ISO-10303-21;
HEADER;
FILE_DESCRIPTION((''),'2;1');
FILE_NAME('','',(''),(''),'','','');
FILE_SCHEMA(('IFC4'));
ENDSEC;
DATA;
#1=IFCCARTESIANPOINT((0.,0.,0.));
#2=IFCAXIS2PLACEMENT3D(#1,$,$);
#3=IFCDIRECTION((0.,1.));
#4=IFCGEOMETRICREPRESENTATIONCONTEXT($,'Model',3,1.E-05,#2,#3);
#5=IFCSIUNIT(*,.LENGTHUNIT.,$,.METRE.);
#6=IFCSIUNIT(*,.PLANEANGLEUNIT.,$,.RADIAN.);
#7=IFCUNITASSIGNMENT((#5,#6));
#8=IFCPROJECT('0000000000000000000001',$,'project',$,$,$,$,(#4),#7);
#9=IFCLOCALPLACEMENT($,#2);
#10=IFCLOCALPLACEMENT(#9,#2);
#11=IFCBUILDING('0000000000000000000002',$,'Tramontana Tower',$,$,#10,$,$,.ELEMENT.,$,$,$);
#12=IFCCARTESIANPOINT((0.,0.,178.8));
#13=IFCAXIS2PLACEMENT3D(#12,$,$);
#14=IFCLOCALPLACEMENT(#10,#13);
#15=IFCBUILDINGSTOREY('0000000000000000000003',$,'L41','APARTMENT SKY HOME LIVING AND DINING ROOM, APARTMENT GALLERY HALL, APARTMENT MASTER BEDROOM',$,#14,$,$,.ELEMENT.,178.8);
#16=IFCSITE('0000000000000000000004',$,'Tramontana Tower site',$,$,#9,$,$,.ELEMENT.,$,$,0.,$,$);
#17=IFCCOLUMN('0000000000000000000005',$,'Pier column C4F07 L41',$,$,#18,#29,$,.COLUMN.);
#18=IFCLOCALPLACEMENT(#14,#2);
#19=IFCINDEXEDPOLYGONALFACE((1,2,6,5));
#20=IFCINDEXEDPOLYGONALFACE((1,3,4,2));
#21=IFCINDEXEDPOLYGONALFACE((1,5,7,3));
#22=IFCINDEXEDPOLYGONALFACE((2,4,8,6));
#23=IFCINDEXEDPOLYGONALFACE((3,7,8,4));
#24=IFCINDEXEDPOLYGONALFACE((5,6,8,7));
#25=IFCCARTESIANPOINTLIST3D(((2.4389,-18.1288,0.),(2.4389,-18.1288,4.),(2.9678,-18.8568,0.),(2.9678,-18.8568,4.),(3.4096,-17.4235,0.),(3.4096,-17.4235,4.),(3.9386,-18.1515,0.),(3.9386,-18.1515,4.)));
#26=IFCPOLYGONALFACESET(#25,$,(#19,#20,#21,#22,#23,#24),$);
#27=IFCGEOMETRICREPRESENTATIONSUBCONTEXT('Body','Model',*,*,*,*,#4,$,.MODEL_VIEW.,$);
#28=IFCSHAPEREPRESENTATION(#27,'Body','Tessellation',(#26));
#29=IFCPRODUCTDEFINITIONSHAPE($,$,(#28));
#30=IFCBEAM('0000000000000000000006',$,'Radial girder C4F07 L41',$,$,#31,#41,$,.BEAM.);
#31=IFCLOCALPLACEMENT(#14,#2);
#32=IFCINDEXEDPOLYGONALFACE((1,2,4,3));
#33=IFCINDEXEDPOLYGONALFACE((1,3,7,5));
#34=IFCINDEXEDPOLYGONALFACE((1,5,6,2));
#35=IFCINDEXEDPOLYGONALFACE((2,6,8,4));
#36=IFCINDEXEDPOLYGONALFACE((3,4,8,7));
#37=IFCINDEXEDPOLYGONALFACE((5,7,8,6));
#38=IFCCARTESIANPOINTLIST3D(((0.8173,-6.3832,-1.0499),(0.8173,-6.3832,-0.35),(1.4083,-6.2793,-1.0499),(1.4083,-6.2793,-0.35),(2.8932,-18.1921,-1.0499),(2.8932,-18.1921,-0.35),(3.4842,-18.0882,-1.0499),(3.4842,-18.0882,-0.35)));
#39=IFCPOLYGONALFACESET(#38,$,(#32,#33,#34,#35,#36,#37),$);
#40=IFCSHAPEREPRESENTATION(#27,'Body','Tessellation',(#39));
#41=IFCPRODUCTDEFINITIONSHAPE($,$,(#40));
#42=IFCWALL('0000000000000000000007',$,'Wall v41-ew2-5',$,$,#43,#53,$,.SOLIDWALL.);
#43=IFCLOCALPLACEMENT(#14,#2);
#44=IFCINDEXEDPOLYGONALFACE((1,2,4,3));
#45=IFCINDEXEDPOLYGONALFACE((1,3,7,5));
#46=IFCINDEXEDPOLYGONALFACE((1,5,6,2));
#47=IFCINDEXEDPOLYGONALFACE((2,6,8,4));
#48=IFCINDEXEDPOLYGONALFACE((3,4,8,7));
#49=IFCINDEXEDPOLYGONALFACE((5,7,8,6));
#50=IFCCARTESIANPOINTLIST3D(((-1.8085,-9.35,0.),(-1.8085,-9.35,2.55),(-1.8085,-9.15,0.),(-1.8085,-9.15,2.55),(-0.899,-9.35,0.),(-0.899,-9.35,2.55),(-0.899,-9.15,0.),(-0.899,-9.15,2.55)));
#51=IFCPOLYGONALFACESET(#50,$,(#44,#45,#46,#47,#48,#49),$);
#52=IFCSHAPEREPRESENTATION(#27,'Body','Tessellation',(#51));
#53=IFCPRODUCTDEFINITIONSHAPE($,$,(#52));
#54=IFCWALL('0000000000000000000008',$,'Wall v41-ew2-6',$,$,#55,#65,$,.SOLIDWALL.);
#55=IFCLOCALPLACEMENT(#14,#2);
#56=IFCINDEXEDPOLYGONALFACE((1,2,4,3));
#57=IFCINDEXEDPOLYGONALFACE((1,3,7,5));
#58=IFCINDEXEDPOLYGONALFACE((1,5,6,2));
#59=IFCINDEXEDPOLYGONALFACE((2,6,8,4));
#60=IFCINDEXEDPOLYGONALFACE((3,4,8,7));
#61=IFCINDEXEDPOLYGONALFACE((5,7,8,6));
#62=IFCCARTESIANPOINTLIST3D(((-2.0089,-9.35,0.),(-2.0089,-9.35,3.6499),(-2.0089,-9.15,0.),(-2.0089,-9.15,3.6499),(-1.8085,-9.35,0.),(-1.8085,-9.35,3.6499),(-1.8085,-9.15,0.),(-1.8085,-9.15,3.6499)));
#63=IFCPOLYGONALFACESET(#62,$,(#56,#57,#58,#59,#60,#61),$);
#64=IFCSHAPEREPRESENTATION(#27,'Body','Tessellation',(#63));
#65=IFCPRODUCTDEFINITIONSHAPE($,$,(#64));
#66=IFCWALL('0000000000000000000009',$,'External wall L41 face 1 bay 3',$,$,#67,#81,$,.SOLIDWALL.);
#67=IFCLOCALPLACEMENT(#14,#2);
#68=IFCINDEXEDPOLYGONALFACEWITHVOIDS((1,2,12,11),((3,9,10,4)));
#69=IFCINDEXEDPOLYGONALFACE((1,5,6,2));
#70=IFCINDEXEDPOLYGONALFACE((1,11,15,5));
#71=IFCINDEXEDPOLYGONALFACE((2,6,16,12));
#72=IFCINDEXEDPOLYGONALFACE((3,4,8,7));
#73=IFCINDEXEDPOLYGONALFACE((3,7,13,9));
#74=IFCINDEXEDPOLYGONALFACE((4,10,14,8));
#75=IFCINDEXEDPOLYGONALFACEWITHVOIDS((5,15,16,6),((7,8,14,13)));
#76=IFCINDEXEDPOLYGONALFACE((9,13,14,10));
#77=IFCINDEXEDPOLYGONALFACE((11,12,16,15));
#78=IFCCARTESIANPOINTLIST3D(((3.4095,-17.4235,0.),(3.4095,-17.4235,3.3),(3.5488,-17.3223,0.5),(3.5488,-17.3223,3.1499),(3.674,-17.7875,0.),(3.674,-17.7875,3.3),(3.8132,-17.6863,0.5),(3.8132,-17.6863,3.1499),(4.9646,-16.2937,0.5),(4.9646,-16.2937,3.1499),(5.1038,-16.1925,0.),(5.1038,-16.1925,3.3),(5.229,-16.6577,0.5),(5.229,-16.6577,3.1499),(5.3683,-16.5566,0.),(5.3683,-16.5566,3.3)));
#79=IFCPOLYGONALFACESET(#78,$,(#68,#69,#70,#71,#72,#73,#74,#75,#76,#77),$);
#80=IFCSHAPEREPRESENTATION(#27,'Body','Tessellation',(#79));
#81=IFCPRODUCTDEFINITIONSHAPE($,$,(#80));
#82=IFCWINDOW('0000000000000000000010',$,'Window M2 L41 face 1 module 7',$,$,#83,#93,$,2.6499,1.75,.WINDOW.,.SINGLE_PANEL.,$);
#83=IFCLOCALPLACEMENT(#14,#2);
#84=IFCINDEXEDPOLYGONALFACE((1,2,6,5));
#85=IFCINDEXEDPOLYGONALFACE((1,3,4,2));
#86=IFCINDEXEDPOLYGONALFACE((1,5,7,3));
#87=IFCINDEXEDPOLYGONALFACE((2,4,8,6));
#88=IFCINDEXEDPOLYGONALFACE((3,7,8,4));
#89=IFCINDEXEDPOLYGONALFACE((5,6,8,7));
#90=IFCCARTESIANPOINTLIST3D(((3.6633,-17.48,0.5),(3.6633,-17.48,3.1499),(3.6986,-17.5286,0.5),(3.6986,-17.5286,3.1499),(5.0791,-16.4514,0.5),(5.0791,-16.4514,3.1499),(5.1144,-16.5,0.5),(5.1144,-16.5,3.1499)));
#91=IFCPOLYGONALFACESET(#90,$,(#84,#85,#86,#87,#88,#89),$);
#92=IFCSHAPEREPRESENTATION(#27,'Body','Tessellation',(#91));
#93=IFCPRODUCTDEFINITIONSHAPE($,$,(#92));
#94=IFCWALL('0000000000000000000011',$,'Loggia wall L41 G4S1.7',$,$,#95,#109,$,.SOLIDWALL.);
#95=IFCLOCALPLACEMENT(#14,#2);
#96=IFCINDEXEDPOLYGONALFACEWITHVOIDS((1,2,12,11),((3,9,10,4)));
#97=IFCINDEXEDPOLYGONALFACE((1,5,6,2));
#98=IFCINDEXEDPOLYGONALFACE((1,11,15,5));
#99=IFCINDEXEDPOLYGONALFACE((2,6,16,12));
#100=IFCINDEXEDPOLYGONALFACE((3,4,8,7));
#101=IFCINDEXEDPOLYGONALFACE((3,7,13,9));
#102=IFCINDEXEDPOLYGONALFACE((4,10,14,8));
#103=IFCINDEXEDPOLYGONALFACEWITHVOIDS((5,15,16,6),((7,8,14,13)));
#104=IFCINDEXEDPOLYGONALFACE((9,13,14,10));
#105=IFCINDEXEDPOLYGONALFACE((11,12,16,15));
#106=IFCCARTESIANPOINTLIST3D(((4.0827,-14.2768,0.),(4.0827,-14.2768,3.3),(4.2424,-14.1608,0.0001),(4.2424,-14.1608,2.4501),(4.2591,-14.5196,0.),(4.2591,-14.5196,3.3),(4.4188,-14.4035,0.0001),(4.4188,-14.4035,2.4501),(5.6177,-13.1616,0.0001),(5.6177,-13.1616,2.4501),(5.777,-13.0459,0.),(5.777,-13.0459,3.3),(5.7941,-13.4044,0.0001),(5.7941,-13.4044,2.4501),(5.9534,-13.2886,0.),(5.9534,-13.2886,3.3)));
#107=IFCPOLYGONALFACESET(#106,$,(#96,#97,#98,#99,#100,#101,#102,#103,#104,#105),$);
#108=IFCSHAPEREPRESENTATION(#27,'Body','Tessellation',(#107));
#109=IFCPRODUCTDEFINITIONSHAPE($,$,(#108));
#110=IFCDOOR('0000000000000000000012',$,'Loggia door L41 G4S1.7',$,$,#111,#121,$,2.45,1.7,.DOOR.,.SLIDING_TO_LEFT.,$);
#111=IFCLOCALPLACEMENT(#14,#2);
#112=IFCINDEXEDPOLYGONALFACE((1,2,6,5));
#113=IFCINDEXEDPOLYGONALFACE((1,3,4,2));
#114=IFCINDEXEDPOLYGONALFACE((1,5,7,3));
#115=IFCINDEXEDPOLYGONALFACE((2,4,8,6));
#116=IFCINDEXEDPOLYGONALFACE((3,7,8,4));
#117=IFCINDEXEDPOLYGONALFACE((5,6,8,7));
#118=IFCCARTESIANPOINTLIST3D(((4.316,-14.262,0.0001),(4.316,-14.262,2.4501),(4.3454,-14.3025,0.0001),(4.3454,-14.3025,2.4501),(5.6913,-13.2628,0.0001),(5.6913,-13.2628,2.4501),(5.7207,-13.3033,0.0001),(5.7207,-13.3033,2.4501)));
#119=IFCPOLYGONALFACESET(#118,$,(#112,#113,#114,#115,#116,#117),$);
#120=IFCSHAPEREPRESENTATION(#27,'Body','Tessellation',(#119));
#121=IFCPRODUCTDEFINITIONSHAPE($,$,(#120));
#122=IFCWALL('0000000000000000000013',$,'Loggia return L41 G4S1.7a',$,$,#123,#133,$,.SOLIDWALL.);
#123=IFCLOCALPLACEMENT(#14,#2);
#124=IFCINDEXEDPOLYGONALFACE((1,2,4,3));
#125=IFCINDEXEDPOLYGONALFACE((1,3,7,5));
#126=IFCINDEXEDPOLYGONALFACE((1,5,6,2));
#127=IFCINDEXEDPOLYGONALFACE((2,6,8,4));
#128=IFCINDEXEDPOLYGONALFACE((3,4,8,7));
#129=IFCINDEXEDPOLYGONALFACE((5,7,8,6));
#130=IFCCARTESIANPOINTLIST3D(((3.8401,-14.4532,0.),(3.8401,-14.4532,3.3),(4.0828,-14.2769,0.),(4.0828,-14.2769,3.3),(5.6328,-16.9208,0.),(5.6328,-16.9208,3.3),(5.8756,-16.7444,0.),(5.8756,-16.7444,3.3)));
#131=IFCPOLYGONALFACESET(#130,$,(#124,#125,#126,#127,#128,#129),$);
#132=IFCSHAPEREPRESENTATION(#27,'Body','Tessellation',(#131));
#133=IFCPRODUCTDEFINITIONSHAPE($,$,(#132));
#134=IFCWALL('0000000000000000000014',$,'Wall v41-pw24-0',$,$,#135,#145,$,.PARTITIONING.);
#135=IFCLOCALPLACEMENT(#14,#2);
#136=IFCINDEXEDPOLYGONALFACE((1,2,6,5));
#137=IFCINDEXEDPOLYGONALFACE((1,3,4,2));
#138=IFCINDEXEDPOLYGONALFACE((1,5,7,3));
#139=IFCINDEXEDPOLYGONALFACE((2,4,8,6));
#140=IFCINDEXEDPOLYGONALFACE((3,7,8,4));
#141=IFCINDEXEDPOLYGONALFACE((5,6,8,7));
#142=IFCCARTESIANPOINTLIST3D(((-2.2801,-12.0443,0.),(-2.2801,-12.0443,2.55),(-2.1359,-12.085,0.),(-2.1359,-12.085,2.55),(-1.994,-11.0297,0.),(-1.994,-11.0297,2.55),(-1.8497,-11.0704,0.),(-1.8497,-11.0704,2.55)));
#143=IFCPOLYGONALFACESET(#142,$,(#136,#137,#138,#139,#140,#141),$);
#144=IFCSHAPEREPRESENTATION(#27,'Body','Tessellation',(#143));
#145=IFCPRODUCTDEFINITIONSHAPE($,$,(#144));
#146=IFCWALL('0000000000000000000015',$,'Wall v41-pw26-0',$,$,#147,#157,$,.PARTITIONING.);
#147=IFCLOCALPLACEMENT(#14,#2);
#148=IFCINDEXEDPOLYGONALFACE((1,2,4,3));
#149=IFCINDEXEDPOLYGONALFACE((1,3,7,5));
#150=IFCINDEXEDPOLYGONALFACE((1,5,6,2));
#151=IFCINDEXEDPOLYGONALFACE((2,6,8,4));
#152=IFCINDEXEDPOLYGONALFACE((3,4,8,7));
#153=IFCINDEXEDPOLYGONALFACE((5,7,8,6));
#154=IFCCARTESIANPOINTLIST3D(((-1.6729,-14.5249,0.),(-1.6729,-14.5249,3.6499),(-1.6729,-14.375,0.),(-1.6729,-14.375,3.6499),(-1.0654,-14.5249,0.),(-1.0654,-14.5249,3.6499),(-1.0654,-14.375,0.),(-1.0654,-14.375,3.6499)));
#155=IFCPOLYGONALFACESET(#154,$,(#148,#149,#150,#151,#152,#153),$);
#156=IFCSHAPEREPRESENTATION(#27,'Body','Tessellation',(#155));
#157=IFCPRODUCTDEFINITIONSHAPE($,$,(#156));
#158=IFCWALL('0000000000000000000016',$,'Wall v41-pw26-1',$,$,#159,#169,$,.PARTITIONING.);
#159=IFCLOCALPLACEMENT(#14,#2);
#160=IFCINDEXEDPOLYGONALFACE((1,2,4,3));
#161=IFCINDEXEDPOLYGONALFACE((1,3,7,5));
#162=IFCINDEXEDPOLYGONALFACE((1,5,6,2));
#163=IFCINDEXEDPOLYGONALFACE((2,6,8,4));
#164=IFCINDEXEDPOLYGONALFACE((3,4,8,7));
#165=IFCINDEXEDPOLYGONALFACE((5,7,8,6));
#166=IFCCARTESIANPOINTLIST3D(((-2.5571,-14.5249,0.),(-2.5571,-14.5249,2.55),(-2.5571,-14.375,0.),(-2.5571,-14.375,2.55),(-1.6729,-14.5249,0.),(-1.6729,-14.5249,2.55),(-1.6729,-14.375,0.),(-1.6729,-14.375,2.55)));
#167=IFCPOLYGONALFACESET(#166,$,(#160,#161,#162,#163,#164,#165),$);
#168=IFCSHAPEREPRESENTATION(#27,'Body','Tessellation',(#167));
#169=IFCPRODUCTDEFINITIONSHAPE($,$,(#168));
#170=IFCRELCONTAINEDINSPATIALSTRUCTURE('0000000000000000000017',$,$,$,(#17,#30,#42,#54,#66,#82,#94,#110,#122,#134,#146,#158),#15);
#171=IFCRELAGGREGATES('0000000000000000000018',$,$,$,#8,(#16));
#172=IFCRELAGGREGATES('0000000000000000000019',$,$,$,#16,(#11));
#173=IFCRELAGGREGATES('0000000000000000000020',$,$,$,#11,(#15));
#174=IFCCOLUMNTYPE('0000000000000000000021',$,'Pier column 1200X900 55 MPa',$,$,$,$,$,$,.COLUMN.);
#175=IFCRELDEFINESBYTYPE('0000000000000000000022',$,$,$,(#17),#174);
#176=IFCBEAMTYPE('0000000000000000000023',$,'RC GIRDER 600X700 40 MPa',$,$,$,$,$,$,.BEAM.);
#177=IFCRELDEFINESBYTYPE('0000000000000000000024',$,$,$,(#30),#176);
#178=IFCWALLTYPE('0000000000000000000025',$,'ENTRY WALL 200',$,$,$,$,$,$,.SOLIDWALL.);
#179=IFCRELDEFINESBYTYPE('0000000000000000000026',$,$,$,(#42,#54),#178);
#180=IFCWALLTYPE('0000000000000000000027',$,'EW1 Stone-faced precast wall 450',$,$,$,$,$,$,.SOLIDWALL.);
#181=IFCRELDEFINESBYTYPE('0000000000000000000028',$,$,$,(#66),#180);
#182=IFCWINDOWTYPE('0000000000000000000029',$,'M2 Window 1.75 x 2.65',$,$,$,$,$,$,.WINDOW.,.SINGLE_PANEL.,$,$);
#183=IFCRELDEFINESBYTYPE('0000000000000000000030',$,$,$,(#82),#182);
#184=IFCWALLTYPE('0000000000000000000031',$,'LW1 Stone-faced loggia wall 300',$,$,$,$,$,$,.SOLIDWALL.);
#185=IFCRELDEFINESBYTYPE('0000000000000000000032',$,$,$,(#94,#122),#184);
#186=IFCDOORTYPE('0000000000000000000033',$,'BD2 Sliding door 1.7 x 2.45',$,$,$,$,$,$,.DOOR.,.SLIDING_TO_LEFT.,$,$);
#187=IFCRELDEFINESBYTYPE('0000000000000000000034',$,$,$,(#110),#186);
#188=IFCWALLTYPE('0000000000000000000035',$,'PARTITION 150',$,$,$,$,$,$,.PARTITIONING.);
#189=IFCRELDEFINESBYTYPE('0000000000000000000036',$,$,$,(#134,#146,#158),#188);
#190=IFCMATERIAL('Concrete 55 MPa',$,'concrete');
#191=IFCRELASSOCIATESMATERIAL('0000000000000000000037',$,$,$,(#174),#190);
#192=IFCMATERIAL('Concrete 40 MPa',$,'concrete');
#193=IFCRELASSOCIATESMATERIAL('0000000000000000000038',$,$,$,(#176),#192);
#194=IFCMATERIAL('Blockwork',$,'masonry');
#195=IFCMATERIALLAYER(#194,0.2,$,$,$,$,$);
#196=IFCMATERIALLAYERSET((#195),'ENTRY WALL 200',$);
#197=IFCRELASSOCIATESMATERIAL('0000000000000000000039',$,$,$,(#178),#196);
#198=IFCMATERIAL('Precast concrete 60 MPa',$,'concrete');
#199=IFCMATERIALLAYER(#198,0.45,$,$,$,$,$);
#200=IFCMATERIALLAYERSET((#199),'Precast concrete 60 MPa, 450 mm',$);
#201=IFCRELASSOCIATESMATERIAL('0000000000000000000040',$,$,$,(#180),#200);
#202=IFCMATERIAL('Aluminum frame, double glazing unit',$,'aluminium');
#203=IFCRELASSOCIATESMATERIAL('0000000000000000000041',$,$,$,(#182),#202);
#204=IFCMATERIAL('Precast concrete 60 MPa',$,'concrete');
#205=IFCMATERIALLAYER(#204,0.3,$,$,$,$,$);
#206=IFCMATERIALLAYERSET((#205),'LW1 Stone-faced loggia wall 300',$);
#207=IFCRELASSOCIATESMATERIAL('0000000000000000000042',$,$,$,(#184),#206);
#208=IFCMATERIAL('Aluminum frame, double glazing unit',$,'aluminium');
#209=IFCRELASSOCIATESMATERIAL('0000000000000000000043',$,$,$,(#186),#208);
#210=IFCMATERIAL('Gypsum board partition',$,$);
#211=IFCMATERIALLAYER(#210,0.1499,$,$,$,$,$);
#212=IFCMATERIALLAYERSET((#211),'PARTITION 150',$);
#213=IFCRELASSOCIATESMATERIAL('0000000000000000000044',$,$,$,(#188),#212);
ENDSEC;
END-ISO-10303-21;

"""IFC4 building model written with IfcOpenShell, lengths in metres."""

from ifc_helpers import new_model, si_unit, direction, frame, frame_2d, origin, origin_2d, place, context, subcontext, project, spatial, rectangle, extrude, material, layer, layer_set, material_profile, profile_set, type_object, element, fill, save


model = new_model("IFC4")

# Units and contexts
model_context = context("Model", 3, precision=1e-05, world=origin(), true_north=direction((0.0, 1.0)))
body_context = subcontext(model_context, "Body", "Model", "MODEL_VIEW")
ifc_project = project(units=[si_unit("LENGTHUNIT", "METRE"), si_unit("PLANEANGLEUNIT", "RADIAN")], contexts=[model_context])

# Site, building, storey
site_placement = place(None, origin())
site = spatial("IfcSite", under=ifc_project, at=site_placement, Name="Tramontana Tower site", CompositionType="ELEMENT", RefElevation=0.0)
building_placement = place(site_placement, origin())
building = spatial("IfcBuilding", under=site, at=building_placement, Name="Tramontana Tower", CompositionType="ELEMENT")
storey_placement = place(building_placement, frame((0.0, 0.0, 178.8)))
storey = spatial("IfcBuildingStorey", under=building, at=storey_placement, Name="L41", Description="APARTMENT SKY HOME LIVING AND DINING ROOM, APARTMENT GALLERY HALL, APARTMENT MASTER BEDROOM", CompositionType="ELEMENT", Elevation=178.8)

# Column
ifc_material_1 = material(Name="Concrete 55 MPa", Category="concrete")
ifc_material_profile_1 = material_profile(ifc_material_1, rectangle(XDim=1.2, YDim=0.8999, at=origin_2d()), Name="Pier column 1200X900 55 MPa")
ifc_profile_set_1 = profile_set([ifc_material_profile_1], Name="Concrete 55 MPa")
column_type = type_object("IfcColumnType", Name="Pier column 1200X900 55 MPa", PredefinedType="COLUMN", material=ifc_profile_set_1)
column_placement = place(storey_placement, frame((3.1887, -18.1401, 0.0), z_axis=(0.0, 0.0, 1.0), x_axis=(0.809017, 0.587785, 0.0)))
element("IfcColumn", 1, at=column_placement, inside=storey, type_object=column_type, Name="Pier column C4F07 L41", PredefinedType="COLUMN", context=body_context, shape_type="SweptSolid", body=[
    extrude(rectangle(XDim=1.2, YDim=0.8999, at=origin_2d()), origin(), (0.0, 0.0, 1.0), 4.0),
])

# Beam
ifc_material_2 = material(Name="Concrete 40 MPa", Category="concrete")
ifc_material_profile_2 = material_profile(ifc_material_2, rectangle(XDim=0.6001, YDim=0.7, at=origin_2d()), Name="RC GIRDER 600X700 40 MPa")
ifc_profile_set_2 = profile_set([ifc_material_profile_2], Name="Concrete 40 MPa")
beam_type = type_object("IfcBeamType", Name="RC GIRDER 600X700 40 MPa", PredefinedType="BEAM", material=ifc_profile_set_2)
beam_placement = place(storey_placement, frame((3.1887, -18.1401, -0.7), z_axis=(-0.173139, 0.984897, 0.0), x_axis=(-0.984897, -0.173139, 0.0)))
element("IfcBeam", 2, at=beam_placement, inside=storey, type_object=beam_type, Name="Radial girder C4F07 L41", PredefinedType="BEAM", context=body_context, shape_type="SweptSolid", body=[
    extrude(rectangle(XDim=0.6001, YDim=0.7, at=origin_2d()), origin(), (0.0, 0.0, 1.0), 11.99),
])

# Walls
ifc_material_3 = material(Name="Blockwork", Category="masonry")
ifc_layer_1 = layer(ifc_material_3, 0.2)
ifc_layer_set_1 = layer_set([ifc_layer_1], Name="ENTRY WALL 200")
wall_type_1 = type_object("IfcWallType", Name="ENTRY WALL 200", PredefinedType="SOLIDWALL", material=ifc_layer_set_1)
wall_1_placement = place(storey_placement, frame((-0.8992, -9.25, 0.0), z_axis=(0.0, 0.0, 1.0), x_axis=(-1.0, 0.0, 0.0)))
element("IfcWall", 3, at=wall_1_placement, inside=storey, type_object=wall_type_1, Name="Wall v41-ew2-5", PredefinedType="SOLIDWALL", context=body_context, shape_type="SweptSolid", body=[
    extrude(rectangle(XDim=0.9094, YDim=0.2, at=frame_2d((0.4546, 0.0))), origin(), (0.0, 0.0, 1.0), 2.55),
])
wall_2_placement = place(storey_placement, frame((-1.8086, -9.25, 0.0), z_axis=(0.0, 0.0, 1.0), x_axis=(-1.0, 0.0, 0.0)))
element("IfcWall", 4, at=wall_2_placement, inside=storey, type_object=wall_type_1, Name="Wall v41-ew2-6", PredefinedType="SOLIDWALL", context=body_context, shape_type="SweptSolid", body=[
    extrude(rectangle(XDim=0.2004, YDim=0.2, at=frame_2d((0.1001, 0.0))), origin(), (0.0, 0.0, 1.0), 3.6499),
])

# Wall, opening, window
ifc_material_4 = material(Name="Precast concrete 60 MPa", Category="concrete")
ifc_layer_2 = layer(ifc_material_4, 0.45)
ifc_layer_set_2 = layer_set([ifc_layer_2], Name="Precast concrete 60 MPa, 450 mm")
wall_type_2 = type_object("IfcWallType", Name="EW1 Stone-faced precast wall 450", PredefinedType="SOLIDWALL", material=ifc_layer_set_2)
wall_3_placement = place(storey_placement, frame((3.5417, -17.6055, 0.0), z_axis=(0.0, 0.0, 1.0), x_axis=(0.809028, 0.58777, 0.0)))
wall_3 = element("IfcWall", 5, at=wall_3_placement, inside=storey, type_object=wall_type_2, Name="External wall L41 face 1 bay 3", PredefinedType="SOLIDWALL", context=body_context, shape_type="SweptSolid", body=[
    extrude(rectangle(XDim=2.0942, YDim=0.45, at=frame_2d((1.0471, 0.0))), origin(), (0.0, 0.0, 1.0), 3.3),
])
opening_1_placement = place(wall_3_placement, frame((0.1721, 0.0, 0.5)))
opening_1 = element("IfcOpeningElement", 6, at=opening_1_placement, cuts=wall_3, PredefinedType="OPENING", context=body_context, shape_type="SweptSolid", body=[
    extrude(rectangle(XDim=1.75, YDim=2.6499, at=frame_2d((0.875, 1.325))), frame((0.0, 0.2349, 0.0), z_axis=(0.0, -1.0, 0.0), x_axis=(1.0, 0.0, 0.0)), (0.0, 0.0, 1.0), 0.47),
])
ifc_material_5 = material(Name="Aluminum frame, double glazing unit", Category="aluminium")
window_type = type_object("IfcWindowType", Name="M2 Window 1.75 x 2.65", PartitioningType="SINGLE_PANEL", PredefinedType="WINDOW", material=ifc_material_5)
window_placement = place(opening_1_placement, origin())
window = element("IfcWindow", 7, at=window_placement, inside=storey, type_object=window_type, Name="Window M2 L41 face 1 module 7", OverallHeight=2.6499, OverallWidth=1.75, PartitioningType="SINGLE_PANEL", PredefinedType="WINDOW", context=body_context, shape_type="SweptSolid", body=[
    extrude(rectangle(XDim=1.75, YDim=2.6499, at=frame_2d((0.875, 1.325))), frame((0.0, 0.03, 0.0), z_axis=(0.0, -1.0, 0.0), x_axis=(1.0, 0.0, 0.0)), (0.0, 0.0, 1.0), 0.0601),
])
fill(opening_1, window)

# Wall, opening, door
ifc_material_6 = material(Name="Precast concrete 60 MPa", Category="concrete")
ifc_layer_3 = layer(ifc_material_6, 0.3)
ifc_layer_set_3 = layer_set([ifc_layer_3], Name="LW1 Stone-faced loggia wall 300")
wall_type_3 = type_object("IfcWallType", Name="LW1 Stone-faced loggia wall 300", PredefinedType="SOLIDWALL", material=ifc_layer_set_3)
wall_4_placement = place(storey_placement, frame((4.1709, -14.3982, 0.0), z_axis=(0.0, 0.0, 1.0), x_axis=(0.809028, 0.58777, 0.0)))
wall_4 = element("IfcWall", 8, at=wall_4_placement, inside=storey, type_object=wall_type_3, Name="Loggia wall L41 G4S1.7", PredefinedType="SOLIDWALL", context=body_context, shape_type="SweptSolid", body=[
    extrude(rectangle(XDim=2.0942, YDim=0.3, at=frame_2d((1.0471, 0.0))), origin(), (0.0, 0.0, 1.0), 3.3),
])
opening_2_placement = place(wall_4_placement, frame((0.1973, 0.0, 0.0)))
opening_2 = element("IfcOpeningElement", 9, at=opening_2_placement, cuts=wall_4, PredefinedType="OPENING", context=body_context, shape_type="SweptSolid", body=[
    extrude(rectangle(XDim=1.7, YDim=2.45, at=frame_2d((0.8501, 1.2251))), frame((0.0, 0.1599, 0.0), z_axis=(0.0, -1.0, 0.0), x_axis=(1.0, 0.0, 0.0)), (0.0, 0.0, 1.0), 0.3201),
])
ifc_material_7 = material(Name="Aluminum frame, double glazing unit", Category="aluminium")
door_type_1 = type_object("IfcDoorType", Name="BD2 Sliding door 1.7 x 2.45", OperationType="SLIDING_TO_LEFT", PredefinedType="DOOR", material=ifc_material_7)
door_1_placement = place(opening_2_placement, origin())
door_1 = element("IfcDoor", 10, at=door_1_placement, inside=storey, type_object=door_type_1, Name="Loggia door L41 G4S1.7", OperationType="SLIDING_TO_LEFT", OverallHeight=2.45, OverallWidth=1.7, PredefinedType="DOOR", context=body_context, shape_type="SweptSolid", body=[
    extrude(rectangle(XDim=1.7, YDim=2.45, at=frame_2d((0.8501, 1.2251))), frame((0.0, 0.0249, 0.0), z_axis=(0.0, -1.0, 0.0), x_axis=(1.0, 0.0, 0.0)), (0.0, 0.0, 1.0), 0.05),
])
fill(opening_2, door_1)

# Walls
wall_5_placement = place(storey_placement, frame((5.7542, -16.8325, 0.0), z_axis=(0.0, 0.0, 1.0), x_axis=(-0.587777, 0.809023, 0.0)))
element("IfcWall", 11, at=wall_5_placement, inside=storey, type_object=wall_type_3, Name="Loggia return L41 G4S1.7a", PredefinedType="SOLIDWALL", context=body_context, shape_type="SweptSolid", body=[
    extrude(rectangle(XDim=3.05, YDim=0.3, at=frame_2d((1.5249, 0.0))), origin(), (0.0, 0.0, 1.0), 3.3),
])
ifc_material_8 = material(Name="Gypsum board partition")
ifc_layer_4 = layer(ifc_material_8, 0.1499)
ifc_layer_set_4 = layer_set([ifc_layer_4], Name="PARTITION 150")
wall_type_4 = type_object("IfcWallType", Name="PARTITION 150", PredefinedType="PARTITIONING", material=ifc_layer_set_4)
wall_6_placement = place(storey_placement, frame((-1.9219, -11.05, 0.0), z_axis=(0.0, 0.0, 1.0), x_axis=(-0.271416, -0.962462, 0.0)))
element("IfcWall", 12, at=wall_6_placement, inside=storey, type_object=wall_type_4, Name="Wall v41-pw24-0", PredefinedType="PARTITIONING", context=body_context, shape_type="SweptSolid", body=[
    extrude(rectangle(XDim=1.0542, YDim=0.1499, at=frame_2d((0.5271, 0.0))), origin(), (0.0, 0.0, 1.0), 2.55),
])
wall_7_placement = place(storey_placement, frame((-1.0654, -14.45, 0.0), z_axis=(0.0, 0.0, 1.0), x_axis=(-1.0, 0.0, 0.0)))
element("IfcWall", 13, at=wall_7_placement, inside=storey, type_object=wall_type_4, Name="Wall v41-pw26-0", PredefinedType="PARTITIONING", context=body_context, shape_type="SweptSolid", body=[
    extrude(rectangle(XDim=0.6074, YDim=0.1499, at=frame_2d((0.3037, 0.0))), origin(), (0.0, 0.0, 1.0), 3.6499),
])
wall_8_placement = place(storey_placement, frame((-1.6729, -14.45, 0.0), z_axis=(0.0, 0.0, 1.0), x_axis=(-1.0, 0.0, 0.0)))
element("IfcWall", 14, at=wall_8_placement, inside=storey, type_object=wall_type_4, Name="Wall v41-pw26-1", PredefinedType="PARTITIONING", context=body_context, shape_type="SweptSolid", body=[
    extrude(rectangle(XDim=0.8843, YDim=0.1499, at=frame_2d((0.4421, 0.0))), origin(), (0.0, 0.0, 1.0), 2.55),
])

save(model, "model.ifc")
